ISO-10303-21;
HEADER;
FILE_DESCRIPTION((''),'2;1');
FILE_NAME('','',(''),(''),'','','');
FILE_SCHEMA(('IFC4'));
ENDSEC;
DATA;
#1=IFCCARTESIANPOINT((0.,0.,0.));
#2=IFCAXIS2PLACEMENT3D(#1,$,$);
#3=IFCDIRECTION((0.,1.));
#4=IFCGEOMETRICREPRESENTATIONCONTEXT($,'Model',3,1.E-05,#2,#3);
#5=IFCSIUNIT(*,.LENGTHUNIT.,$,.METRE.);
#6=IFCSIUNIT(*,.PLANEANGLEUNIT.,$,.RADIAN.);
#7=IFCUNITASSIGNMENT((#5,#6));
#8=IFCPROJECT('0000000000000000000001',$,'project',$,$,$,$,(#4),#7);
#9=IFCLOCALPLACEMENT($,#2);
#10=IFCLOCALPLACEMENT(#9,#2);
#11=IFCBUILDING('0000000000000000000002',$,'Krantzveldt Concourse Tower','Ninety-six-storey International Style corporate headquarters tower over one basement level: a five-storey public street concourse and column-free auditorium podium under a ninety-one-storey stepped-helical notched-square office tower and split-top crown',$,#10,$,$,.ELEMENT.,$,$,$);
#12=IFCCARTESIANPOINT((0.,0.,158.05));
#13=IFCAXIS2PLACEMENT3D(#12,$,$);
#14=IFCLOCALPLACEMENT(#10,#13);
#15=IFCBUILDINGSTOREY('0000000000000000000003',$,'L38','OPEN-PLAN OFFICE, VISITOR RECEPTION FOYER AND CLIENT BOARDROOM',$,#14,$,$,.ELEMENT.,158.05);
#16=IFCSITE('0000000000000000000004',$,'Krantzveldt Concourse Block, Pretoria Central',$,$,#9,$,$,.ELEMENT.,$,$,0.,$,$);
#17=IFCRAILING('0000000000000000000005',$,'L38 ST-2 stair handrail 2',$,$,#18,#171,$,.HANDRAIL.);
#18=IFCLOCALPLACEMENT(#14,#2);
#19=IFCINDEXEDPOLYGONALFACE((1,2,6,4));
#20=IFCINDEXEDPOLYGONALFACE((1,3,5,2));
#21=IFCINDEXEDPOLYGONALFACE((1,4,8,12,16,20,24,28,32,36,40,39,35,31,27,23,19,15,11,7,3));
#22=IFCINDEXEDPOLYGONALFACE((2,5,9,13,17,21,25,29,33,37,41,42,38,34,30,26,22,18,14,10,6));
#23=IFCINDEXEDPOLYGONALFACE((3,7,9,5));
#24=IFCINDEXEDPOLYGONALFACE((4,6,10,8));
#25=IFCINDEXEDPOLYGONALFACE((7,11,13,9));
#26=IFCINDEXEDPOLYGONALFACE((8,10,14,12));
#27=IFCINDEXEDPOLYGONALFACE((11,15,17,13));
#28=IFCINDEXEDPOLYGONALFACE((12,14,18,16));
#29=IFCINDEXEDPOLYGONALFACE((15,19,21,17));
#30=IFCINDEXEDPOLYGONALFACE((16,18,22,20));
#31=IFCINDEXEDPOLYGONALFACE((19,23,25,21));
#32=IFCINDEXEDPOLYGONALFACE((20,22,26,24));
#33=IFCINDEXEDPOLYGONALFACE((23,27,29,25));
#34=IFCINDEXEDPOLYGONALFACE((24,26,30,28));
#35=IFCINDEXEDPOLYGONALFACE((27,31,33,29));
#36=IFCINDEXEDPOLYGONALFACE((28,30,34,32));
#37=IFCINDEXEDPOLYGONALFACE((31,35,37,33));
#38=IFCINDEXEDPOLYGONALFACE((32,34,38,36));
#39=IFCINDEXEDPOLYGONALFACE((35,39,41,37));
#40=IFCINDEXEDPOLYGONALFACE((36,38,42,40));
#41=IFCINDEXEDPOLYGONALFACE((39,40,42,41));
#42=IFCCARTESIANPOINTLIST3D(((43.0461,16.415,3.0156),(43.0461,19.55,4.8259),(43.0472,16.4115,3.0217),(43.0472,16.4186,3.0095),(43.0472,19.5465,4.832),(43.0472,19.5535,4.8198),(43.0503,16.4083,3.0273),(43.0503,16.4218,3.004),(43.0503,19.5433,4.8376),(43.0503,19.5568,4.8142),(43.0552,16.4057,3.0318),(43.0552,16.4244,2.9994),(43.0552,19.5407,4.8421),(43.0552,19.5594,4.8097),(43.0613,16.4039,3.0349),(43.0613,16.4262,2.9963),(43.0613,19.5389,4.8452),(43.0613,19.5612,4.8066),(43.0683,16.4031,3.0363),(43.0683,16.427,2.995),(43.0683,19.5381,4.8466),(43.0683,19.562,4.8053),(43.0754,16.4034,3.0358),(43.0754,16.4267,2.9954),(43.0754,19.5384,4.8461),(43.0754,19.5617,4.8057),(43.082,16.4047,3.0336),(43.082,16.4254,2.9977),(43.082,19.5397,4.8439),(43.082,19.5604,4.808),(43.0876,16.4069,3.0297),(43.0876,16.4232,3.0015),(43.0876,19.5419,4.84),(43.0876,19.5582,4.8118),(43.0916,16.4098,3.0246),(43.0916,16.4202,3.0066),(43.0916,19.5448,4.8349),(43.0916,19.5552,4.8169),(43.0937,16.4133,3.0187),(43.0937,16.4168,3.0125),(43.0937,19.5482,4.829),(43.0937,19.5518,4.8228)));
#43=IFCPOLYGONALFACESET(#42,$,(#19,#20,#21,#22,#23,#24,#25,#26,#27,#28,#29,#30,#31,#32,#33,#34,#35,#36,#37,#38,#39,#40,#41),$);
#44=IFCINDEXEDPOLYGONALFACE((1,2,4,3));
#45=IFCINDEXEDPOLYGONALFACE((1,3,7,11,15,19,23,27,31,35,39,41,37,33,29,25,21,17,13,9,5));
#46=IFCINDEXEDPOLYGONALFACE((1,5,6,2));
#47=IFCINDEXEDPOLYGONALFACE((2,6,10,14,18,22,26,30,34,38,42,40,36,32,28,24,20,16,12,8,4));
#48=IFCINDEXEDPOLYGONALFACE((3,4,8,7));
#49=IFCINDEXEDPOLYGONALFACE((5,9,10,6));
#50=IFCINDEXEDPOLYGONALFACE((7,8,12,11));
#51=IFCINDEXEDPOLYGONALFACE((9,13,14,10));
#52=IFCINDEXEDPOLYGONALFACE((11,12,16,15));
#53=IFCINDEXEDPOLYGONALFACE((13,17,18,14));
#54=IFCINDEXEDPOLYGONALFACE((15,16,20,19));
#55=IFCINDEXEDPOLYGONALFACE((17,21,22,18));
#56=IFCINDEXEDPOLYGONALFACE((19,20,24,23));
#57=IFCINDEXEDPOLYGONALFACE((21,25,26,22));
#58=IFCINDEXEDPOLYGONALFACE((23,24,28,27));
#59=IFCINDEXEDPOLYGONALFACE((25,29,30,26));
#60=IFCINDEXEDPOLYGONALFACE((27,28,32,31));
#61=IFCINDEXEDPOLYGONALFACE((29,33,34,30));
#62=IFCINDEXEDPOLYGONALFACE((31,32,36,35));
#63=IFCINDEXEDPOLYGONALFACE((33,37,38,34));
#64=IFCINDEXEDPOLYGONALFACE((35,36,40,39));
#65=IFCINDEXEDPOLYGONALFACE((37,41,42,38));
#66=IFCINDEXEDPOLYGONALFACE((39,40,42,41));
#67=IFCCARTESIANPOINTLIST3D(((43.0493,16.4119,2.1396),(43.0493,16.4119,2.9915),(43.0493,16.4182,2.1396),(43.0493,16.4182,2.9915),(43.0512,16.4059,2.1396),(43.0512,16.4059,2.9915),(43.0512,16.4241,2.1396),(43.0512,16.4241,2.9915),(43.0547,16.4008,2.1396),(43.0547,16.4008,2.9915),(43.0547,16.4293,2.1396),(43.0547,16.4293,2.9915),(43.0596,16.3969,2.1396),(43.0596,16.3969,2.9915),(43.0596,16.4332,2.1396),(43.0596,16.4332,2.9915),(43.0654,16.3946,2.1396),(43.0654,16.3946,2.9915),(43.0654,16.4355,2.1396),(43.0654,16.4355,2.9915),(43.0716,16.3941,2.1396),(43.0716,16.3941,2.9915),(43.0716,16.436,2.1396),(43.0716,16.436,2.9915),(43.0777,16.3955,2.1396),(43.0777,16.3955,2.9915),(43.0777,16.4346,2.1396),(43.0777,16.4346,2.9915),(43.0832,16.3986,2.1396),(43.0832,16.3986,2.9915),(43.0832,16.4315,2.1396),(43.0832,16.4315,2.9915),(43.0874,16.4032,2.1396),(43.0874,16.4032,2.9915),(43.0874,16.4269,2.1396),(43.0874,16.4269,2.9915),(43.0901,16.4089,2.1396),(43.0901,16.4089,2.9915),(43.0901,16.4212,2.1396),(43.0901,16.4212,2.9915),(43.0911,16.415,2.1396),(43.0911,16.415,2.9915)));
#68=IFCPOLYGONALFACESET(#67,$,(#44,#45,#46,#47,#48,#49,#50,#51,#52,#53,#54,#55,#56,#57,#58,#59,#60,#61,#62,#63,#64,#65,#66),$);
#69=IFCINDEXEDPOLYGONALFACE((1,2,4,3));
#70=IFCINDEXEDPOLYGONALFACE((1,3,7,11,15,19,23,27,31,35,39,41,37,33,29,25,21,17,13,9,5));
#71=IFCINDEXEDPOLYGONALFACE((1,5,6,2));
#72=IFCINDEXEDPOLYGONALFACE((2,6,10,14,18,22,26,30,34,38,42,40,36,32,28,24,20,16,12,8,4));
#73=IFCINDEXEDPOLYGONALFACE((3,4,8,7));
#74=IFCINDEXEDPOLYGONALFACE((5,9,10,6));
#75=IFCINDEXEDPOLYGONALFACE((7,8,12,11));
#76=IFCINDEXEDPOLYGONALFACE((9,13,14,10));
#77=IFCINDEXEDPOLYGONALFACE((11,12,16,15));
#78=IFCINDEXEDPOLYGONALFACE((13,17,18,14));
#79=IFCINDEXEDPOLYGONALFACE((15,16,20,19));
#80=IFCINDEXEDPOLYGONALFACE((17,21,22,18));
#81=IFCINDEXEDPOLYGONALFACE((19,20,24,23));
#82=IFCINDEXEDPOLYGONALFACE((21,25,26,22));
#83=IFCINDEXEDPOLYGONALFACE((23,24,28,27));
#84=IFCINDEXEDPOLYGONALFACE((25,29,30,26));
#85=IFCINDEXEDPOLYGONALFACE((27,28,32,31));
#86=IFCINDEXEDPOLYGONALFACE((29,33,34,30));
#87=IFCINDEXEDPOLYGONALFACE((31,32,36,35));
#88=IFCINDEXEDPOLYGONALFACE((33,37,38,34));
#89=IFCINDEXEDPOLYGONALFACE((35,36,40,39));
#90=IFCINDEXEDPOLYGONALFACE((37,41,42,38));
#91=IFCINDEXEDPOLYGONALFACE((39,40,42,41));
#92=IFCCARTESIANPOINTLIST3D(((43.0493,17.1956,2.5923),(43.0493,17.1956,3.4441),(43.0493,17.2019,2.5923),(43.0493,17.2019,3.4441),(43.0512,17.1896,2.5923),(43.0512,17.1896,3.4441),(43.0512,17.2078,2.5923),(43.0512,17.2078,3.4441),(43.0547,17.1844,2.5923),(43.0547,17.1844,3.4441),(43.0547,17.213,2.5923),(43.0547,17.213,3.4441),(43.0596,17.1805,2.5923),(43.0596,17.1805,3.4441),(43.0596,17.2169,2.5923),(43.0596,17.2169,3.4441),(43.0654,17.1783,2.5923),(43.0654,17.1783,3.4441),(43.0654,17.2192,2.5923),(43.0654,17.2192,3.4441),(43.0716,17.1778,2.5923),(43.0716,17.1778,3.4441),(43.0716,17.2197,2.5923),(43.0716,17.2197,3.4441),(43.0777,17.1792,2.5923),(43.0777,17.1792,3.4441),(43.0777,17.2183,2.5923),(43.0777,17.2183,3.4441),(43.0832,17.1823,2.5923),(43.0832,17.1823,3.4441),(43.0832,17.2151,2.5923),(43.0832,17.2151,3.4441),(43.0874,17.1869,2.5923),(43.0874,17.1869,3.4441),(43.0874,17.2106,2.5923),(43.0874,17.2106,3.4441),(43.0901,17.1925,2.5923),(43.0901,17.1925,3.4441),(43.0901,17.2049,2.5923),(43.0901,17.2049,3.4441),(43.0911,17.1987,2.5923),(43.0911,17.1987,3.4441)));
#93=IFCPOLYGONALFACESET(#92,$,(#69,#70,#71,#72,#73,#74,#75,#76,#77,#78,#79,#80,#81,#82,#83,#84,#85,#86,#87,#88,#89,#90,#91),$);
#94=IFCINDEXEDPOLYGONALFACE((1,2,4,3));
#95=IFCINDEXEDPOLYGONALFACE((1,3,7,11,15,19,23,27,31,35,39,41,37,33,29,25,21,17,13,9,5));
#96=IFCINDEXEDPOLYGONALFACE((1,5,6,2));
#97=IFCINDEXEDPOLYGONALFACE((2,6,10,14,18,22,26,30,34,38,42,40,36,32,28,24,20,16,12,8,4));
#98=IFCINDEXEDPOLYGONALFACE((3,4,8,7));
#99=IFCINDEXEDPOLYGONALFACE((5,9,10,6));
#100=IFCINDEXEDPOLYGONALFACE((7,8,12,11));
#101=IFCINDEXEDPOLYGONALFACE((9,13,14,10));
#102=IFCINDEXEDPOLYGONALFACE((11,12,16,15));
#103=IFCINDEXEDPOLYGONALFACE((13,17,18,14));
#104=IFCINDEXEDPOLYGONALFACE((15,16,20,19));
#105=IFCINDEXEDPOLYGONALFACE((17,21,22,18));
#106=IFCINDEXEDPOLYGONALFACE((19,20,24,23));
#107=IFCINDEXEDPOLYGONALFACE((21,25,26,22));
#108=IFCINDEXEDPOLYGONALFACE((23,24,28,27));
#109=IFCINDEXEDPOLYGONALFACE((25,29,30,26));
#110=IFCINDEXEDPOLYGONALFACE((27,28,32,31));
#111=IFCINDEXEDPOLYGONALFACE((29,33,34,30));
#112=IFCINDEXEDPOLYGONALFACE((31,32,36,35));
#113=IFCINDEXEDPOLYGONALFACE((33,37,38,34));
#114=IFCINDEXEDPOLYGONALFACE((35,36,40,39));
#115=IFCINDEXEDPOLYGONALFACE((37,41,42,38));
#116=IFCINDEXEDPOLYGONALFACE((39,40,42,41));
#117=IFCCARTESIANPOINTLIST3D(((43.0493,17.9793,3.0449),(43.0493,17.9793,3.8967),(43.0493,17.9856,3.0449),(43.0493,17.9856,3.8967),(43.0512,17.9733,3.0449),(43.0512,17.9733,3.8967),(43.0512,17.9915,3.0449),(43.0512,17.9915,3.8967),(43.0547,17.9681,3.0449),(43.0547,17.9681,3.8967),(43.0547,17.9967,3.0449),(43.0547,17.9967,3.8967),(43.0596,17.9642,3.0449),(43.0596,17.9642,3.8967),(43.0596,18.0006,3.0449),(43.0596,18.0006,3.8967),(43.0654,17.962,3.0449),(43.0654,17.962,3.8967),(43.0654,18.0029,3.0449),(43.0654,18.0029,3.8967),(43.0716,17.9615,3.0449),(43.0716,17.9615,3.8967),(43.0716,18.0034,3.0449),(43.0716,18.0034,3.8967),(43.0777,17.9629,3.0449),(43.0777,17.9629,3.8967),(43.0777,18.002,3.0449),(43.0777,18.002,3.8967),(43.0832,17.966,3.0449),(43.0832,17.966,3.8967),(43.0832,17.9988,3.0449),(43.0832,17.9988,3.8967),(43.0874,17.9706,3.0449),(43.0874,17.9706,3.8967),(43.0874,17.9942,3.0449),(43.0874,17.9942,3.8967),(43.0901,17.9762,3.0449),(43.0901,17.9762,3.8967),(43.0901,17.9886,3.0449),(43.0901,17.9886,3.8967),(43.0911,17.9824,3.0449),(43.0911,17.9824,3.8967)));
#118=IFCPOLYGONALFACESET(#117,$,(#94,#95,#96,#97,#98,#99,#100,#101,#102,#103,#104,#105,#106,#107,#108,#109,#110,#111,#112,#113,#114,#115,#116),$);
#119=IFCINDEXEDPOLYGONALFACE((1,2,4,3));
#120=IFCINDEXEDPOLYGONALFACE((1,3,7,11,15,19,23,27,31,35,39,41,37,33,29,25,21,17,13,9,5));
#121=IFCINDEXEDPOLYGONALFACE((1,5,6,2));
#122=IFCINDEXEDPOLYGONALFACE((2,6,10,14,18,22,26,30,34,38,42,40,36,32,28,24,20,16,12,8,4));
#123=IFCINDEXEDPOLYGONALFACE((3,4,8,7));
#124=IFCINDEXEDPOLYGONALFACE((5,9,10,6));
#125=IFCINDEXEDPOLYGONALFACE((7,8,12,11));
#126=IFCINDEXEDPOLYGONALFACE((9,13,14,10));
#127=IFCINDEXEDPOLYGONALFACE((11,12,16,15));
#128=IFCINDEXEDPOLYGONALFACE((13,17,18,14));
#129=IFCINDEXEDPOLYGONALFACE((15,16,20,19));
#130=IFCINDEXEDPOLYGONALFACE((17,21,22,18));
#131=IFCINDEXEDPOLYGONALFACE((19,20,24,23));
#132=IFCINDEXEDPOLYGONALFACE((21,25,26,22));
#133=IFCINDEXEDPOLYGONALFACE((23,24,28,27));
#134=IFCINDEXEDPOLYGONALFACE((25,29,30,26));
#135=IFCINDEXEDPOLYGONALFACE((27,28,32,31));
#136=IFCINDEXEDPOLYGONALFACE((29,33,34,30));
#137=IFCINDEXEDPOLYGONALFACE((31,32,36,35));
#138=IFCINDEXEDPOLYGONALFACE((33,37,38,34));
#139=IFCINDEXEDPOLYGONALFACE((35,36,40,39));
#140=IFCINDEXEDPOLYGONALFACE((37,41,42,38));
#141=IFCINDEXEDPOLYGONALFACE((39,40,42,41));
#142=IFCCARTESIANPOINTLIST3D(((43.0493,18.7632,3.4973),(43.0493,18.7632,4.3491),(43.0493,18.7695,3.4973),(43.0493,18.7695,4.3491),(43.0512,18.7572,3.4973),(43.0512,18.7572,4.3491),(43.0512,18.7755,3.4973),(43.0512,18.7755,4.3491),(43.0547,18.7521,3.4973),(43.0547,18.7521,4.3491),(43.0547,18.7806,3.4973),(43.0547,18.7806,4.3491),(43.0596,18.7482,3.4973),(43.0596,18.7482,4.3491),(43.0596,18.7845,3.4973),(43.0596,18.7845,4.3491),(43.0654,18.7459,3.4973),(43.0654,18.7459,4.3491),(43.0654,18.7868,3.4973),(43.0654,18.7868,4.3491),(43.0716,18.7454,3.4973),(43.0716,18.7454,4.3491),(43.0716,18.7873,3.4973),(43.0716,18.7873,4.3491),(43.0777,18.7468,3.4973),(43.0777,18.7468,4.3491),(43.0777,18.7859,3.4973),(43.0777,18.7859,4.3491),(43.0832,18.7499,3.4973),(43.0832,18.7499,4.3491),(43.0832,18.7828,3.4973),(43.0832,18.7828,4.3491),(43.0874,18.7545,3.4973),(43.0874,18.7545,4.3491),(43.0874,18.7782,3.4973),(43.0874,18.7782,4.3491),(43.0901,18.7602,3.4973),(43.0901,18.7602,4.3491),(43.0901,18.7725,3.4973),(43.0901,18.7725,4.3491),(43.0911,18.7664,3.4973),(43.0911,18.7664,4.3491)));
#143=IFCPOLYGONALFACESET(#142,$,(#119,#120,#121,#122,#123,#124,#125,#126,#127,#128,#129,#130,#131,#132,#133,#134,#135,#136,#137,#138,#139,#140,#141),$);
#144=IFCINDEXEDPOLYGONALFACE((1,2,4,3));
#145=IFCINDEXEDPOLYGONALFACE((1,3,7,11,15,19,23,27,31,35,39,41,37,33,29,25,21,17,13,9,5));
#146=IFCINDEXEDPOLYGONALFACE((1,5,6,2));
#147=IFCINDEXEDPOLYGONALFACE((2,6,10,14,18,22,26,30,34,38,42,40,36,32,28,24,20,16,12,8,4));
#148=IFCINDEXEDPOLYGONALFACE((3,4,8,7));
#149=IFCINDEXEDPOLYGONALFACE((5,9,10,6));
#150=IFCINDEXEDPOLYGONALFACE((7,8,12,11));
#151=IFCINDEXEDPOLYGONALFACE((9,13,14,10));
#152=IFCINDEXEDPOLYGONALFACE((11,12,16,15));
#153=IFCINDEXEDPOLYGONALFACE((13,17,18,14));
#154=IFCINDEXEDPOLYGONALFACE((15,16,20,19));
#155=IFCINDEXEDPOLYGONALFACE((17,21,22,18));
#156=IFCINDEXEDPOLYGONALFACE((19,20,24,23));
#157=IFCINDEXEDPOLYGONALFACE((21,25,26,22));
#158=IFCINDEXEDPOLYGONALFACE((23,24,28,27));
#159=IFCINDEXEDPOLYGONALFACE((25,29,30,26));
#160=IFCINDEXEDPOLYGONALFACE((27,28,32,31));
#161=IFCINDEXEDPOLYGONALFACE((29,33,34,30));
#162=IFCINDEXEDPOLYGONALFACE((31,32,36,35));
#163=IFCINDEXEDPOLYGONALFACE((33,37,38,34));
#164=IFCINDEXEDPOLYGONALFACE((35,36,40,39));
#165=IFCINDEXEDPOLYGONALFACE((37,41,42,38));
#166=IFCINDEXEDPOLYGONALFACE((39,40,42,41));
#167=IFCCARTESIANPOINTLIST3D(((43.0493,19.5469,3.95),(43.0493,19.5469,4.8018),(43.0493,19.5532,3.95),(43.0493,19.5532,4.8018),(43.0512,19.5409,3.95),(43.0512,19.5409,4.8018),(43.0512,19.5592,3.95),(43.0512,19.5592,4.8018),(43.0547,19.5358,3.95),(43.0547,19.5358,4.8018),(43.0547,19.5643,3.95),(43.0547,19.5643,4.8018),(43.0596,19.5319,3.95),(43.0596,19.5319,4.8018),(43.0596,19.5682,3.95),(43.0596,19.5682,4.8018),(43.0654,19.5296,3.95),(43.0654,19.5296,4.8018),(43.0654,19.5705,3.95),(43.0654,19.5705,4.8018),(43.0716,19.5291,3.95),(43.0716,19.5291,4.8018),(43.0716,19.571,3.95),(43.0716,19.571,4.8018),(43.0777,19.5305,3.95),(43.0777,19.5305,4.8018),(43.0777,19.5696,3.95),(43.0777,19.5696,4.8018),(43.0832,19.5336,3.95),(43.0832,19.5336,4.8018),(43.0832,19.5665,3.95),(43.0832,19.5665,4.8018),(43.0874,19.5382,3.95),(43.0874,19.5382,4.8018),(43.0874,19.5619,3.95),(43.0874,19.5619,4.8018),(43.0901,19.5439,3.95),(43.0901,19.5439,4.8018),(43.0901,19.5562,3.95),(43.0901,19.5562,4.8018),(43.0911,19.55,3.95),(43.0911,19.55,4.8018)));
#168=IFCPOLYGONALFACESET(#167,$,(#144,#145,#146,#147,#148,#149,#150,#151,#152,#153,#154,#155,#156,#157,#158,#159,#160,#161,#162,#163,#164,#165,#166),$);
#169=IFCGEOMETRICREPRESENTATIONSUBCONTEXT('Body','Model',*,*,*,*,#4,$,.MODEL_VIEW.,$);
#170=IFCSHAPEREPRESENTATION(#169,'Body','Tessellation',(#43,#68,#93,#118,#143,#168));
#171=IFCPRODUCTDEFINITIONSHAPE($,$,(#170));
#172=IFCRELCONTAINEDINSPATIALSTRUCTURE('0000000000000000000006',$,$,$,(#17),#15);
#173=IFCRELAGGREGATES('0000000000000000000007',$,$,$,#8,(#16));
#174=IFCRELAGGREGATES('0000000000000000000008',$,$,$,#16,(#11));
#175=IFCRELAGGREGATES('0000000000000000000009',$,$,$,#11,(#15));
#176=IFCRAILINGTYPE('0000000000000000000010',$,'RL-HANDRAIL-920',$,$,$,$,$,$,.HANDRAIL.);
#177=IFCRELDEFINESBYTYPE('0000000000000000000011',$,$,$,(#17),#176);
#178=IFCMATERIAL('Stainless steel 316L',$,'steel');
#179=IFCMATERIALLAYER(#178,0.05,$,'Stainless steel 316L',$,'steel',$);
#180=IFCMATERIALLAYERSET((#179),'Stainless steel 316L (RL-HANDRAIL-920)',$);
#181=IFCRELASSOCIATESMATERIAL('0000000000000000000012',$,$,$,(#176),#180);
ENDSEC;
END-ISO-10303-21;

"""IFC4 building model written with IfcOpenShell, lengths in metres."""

from ifc_helpers import new_model, si_unit, direction, frame, origin, origin_2d, place, context, subcontext, project, spatial, circle, extrude, material, layer, layer_set, type_object, element, save


model = new_model("IFC4")

# Units and contexts
model_context = context("Model", 3, precision=1e-05, world=origin(), true_north=direction((0.0, 1.0)))
body_context = subcontext(model_context, "Body", "Model", "MODEL_VIEW")
ifc_project = project(units=[si_unit("LENGTHUNIT", "METRE"), si_unit("PLANEANGLEUNIT", "RADIAN")], contexts=[model_context])

# Site, building, storey
site_placement = place(None, origin())
site = spatial("IfcSite", under=ifc_project, at=site_placement, Name="Krantzveldt Concourse Block, Pretoria Central", CompositionType="ELEMENT", RefElevation=0.0)
building_placement = place(site_placement, origin())
building = spatial("IfcBuilding", under=site, at=building_placement, Name="Krantzveldt Concourse Tower", Description="Ninety-six-storey International Style corporate headquarters tower over one basement level: a five-storey public street concourse and column-free auditorium podium under a ninety-one-storey stepped-helical notched-square office tower and split-top crown", CompositionType="ELEMENT")
storey_placement = place(building_placement, frame((0.0, 0.0, 158.05)))
storey = spatial("IfcBuildingStorey", under=building, at=storey_placement, Name="L38", Description="OPEN-PLAN OFFICE, VISITOR RECEPTION FOYER AND CLIENT BOARDROOM", CompositionType="ELEMENT", Elevation=158.05)

# Shared definitions
ifc_material_1 = material(Name="Stainless steel 316L", Category="steel")

# Railing
ifc_layer_1 = layer(ifc_material_1, 0.05, Name="Stainless steel 316L", Category="steel")
ifc_layer_set_1 = layer_set([ifc_layer_1], Name="Stainless steel 316L (RL-HANDRAIL-920)")
railing_type_1 = type_object("IfcRailingType", Name="RL-HANDRAIL-920", PredefinedType="HANDRAIL", material=ifc_layer_set_1)
railing_1_placement = place(storey_placement, frame((43.0701, 16.415, 2.1396)))
element("IfcRailing", 1, at=railing_1_placement, inside=storey, type_object=railing_type_1, Name="L38 ST-2 stair handrail 2", PredefinedType="HANDRAIL", context=body_context, shape_type="SweptSolid", body=[
    extrude(circle(Radius=0.0239, at=origin_2d()), frame((0.0, 0.0, 0.876), z_axis=(0.0, 0.865989, 0.500063), x_axis=(-1.0, 0.0, 0.0)), (0.0, 0.0, 1.0), 3.6201),
    extrude(circle(Radius=0.021, at=origin_2d()), origin(), (0.0, 0.0, 1.0), 0.8518),
    extrude(circle(Radius=0.021, at=origin_2d()), frame((0.0, 0.7837, 0.4526)), (0.0, 0.0, 1.0), 0.8518),
    extrude(circle(Radius=0.021, at=origin_2d()), frame((0.0, 1.5674, 0.9053)), (0.0, 0.0, 1.0), 0.8518),
    extrude(circle(Radius=0.021, at=origin_2d()), frame((0.0, 2.3513, 1.3577)), (0.0, 0.0, 1.0), 0.8518),
    extrude(circle(Radius=0.021, at=origin_2d()), frame((0.0, 3.135, 1.8103)), (0.0, 0.0, 1.0), 0.8518),
])

save(model, "model.ifc")
